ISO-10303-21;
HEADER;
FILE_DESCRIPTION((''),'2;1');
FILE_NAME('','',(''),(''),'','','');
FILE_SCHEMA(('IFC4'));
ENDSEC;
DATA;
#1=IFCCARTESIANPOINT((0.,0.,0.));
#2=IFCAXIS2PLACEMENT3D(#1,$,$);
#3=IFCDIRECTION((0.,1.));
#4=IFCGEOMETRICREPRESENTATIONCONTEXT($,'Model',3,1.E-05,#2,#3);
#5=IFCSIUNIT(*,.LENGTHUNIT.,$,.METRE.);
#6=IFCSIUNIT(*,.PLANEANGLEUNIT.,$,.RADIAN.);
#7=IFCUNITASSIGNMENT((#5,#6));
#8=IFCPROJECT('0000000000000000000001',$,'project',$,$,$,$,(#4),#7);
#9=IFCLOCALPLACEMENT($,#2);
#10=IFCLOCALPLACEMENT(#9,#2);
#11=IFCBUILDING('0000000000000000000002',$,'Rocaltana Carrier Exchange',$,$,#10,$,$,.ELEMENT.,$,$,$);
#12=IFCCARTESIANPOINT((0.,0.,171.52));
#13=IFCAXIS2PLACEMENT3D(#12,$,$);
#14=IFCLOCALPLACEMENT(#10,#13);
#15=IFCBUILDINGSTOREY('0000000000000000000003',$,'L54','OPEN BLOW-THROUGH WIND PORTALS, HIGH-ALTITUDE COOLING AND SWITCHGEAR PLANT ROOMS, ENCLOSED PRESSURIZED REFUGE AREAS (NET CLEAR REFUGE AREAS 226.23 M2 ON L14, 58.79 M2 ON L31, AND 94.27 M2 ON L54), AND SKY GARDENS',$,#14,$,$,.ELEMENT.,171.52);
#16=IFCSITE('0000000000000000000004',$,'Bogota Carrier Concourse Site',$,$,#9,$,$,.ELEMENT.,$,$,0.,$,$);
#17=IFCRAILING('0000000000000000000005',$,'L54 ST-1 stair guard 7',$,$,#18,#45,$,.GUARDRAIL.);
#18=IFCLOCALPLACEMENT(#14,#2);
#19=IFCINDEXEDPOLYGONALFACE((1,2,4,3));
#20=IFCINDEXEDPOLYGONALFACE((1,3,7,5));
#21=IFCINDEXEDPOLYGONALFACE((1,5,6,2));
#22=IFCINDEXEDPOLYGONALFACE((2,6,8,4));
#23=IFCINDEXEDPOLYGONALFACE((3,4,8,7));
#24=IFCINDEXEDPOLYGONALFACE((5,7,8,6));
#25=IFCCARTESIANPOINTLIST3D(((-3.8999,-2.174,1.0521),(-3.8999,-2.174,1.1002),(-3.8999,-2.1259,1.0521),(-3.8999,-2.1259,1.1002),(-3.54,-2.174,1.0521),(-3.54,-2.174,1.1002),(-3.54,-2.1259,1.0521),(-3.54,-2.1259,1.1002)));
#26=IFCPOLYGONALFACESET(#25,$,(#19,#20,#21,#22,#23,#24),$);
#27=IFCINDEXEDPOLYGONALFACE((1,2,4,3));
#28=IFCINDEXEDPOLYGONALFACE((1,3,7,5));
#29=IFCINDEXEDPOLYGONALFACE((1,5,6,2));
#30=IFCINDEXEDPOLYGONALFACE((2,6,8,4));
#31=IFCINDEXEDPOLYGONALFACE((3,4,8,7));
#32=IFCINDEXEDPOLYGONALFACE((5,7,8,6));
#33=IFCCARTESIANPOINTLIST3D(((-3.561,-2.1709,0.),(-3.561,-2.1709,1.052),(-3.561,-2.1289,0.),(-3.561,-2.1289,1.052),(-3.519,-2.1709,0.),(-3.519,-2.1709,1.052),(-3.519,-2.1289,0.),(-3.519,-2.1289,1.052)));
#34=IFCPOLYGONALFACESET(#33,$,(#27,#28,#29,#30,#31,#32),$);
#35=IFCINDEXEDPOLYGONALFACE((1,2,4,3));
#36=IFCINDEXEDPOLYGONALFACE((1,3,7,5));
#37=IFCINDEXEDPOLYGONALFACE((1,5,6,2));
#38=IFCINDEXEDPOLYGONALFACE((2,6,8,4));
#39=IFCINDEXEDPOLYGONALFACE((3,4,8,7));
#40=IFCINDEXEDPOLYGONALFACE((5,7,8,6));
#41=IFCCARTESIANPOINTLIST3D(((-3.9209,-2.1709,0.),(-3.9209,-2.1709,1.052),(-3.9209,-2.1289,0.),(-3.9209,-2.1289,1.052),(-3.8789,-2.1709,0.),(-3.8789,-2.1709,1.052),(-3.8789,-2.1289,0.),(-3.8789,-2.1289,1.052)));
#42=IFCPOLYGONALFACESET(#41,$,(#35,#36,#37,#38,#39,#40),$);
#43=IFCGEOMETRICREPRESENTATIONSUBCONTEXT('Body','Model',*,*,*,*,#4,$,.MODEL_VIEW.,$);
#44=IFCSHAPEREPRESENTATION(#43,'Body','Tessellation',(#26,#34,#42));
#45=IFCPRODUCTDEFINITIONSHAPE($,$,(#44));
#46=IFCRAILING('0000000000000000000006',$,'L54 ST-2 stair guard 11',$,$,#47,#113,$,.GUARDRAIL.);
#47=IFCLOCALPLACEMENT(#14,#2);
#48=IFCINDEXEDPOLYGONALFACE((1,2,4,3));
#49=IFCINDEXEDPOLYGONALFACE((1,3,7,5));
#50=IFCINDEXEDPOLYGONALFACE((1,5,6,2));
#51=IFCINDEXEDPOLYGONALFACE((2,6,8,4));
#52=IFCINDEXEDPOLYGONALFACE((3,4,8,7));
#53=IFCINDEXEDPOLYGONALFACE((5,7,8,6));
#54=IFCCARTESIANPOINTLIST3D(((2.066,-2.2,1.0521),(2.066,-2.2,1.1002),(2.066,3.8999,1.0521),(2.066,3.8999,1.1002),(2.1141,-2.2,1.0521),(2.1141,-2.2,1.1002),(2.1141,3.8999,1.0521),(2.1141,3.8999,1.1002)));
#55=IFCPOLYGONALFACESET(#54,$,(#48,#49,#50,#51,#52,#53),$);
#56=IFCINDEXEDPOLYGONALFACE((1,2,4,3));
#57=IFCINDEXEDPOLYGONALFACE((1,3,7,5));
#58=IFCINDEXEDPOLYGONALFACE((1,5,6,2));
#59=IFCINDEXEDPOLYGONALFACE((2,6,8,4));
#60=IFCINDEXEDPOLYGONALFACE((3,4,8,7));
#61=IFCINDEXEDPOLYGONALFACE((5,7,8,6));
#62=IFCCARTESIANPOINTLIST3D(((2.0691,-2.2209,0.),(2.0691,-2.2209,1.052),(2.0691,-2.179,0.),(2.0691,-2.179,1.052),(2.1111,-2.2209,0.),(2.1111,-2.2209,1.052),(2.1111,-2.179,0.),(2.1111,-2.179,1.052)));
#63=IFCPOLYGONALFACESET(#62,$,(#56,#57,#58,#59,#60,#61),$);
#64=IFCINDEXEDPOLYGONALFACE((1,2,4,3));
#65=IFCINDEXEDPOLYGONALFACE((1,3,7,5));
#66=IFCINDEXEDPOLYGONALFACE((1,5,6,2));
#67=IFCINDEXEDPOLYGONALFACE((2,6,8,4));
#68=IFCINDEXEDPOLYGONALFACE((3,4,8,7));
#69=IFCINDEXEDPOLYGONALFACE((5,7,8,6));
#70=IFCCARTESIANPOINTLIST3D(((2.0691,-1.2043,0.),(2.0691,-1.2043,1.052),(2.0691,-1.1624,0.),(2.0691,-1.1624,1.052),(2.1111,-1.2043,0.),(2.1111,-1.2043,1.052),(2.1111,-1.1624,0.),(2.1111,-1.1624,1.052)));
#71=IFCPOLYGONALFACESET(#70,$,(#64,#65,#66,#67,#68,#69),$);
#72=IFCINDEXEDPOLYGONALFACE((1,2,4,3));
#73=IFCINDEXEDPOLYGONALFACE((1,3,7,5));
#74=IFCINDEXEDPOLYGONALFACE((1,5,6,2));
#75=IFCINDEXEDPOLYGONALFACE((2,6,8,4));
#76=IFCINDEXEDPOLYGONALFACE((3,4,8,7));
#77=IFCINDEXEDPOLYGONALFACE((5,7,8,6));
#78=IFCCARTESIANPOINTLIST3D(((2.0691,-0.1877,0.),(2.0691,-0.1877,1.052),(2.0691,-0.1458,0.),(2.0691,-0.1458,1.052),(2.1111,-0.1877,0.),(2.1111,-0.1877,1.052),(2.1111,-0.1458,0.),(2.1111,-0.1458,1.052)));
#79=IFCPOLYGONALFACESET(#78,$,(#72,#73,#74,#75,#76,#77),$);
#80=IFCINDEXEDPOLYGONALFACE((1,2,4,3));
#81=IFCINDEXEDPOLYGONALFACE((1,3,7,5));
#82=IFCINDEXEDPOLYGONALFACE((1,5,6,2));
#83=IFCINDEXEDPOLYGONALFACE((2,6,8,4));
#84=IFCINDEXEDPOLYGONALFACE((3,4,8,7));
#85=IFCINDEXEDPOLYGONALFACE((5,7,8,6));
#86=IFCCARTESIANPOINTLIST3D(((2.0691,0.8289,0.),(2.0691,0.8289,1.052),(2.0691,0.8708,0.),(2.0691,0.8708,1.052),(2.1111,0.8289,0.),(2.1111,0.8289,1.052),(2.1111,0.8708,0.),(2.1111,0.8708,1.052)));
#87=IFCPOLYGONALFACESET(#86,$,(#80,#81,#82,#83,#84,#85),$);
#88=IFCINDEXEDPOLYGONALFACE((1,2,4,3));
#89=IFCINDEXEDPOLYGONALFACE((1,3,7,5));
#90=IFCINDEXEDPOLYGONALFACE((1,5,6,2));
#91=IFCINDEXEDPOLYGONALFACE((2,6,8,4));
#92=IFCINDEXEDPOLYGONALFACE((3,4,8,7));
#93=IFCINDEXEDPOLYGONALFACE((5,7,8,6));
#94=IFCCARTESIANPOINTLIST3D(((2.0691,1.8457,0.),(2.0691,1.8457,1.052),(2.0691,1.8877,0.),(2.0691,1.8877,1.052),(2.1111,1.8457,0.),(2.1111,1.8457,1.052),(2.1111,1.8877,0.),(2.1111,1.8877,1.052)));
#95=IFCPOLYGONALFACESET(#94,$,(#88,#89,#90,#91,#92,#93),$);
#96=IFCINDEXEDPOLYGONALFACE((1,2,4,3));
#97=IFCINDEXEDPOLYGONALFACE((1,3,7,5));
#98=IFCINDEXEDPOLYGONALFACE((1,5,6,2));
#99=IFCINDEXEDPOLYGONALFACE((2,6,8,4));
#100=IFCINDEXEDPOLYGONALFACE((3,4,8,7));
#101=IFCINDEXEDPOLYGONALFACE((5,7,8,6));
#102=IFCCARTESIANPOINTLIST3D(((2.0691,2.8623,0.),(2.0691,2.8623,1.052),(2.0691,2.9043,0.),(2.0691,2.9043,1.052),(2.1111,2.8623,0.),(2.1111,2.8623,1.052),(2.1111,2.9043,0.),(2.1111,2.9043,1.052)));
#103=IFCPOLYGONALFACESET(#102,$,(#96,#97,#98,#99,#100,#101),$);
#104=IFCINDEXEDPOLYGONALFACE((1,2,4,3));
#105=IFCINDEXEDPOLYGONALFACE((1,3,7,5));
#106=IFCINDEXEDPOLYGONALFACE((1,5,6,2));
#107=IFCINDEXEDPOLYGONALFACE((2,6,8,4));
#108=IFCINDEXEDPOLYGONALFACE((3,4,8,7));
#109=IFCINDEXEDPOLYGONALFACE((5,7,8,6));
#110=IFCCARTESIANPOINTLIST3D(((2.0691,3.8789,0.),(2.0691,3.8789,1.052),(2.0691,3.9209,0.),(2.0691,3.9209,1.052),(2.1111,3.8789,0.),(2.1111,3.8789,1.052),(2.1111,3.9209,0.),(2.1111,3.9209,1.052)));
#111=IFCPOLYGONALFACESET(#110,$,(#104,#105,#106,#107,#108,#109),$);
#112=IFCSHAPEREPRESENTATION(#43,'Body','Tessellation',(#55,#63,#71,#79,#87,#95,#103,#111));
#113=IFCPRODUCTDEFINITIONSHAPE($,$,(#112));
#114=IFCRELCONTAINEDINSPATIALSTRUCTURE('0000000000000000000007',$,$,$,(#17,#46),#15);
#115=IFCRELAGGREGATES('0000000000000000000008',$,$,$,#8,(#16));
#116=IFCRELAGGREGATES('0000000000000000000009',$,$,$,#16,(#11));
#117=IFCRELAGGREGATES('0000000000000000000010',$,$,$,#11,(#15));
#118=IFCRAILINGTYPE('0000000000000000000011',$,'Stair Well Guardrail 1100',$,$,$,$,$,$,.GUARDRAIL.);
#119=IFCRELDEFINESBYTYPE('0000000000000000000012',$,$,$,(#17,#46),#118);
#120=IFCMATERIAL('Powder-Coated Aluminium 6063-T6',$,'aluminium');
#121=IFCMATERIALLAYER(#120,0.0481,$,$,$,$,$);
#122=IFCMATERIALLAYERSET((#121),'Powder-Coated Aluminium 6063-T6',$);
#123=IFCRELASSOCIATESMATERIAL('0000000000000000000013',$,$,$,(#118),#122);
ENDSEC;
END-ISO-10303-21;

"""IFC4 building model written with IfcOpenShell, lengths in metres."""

from ifc_helpers import new_model, si_unit, direction, frame, origin, origin_2d, place, context, subcontext, project, spatial, rectangle, extrude, material, layer, layer_set, type_object, element, save


model = new_model("IFC4")

# Units and contexts
model_context = context("Model", 3, precision=1e-05, world=origin(), true_north=direction((0.0, 1.0)))
body_context = subcontext(model_context, "Body", "Model", "MODEL_VIEW")
ifc_project = project(units=[si_unit("LENGTHUNIT", "METRE"), si_unit("PLANEANGLEUNIT", "RADIAN")], contexts=[model_context])

# Site, building, storey
site_placement = place(None, origin())
site = spatial("IfcSite", under=ifc_project, at=site_placement, Name="Bogota Carrier Concourse Site", CompositionType="ELEMENT", RefElevation=0.0)
building_placement = place(site_placement, origin())
building = spatial("IfcBuilding", under=site, at=building_placement, Name="Rocaltana Carrier Exchange", CompositionType="ELEMENT")
storey_placement = place(building_placement, frame((0.0, 0.0, 171.52)))
storey = spatial("IfcBuildingStorey", under=building, at=storey_placement, Name="L54", Description="OPEN BLOW-THROUGH WIND PORTALS, HIGH-ALTITUDE COOLING AND SWITCHGEAR PLANT ROOMS, ENCLOSED PRESSURIZED REFUGE AREAS (NET CLEAR REFUGE AREAS 226.23 M2 ON L14, 58.79 M2 ON L31, AND 94.27 M2 ON L54), AND SKY GARDENS", CompositionType="ELEMENT", Elevation=171.52)

# Railings
ifc_material_1 = material(Name="Powder-Coated Aluminium 6063-T6", Category="aluminium")
ifc_layer_1 = layer(ifc_material_1, 0.0481)
ifc_layer_set_1 = layer_set([ifc_layer_1], Name="Powder-Coated Aluminium 6063-T6")
railing_type_1 = type_object("IfcRailingType", Name="Stair Well Guardrail 1100", PredefinedType="GUARDRAIL", material=ifc_layer_set_1)
railing_1_placement = place(storey_placement, frame((-3.54, -2.1499, 0.0)))
element("IfcRailing", 1, at=railing_1_placement, inside=storey, type_object=railing_type_1, Name="L54 ST-1 stair guard 7", PredefinedType="GUARDRAIL", context=body_context, shape_type="SweptSolid", body=[
    extrude(rectangle(XDim=0.0481, YDim=0.0481, at=origin_2d()), frame((0.0, 0.0, 1.0762), z_axis=(-1.0, 0.0, 0.0), x_axis=(0.0, -1.0, 0.0)), (0.0, 0.0, 1.0), 0.3599),
    extrude(rectangle(XDim=0.042, YDim=0.042, at=origin_2d()), origin(), (0.0, 0.0, 1.0), 1.052),
    extrude(rectangle(XDim=0.042, YDim=0.042, at=origin_2d()), frame((-0.3599, 0.0, 0.0)), (0.0, 0.0, 1.0), 1.052),
])
railing_2_placement = place(storey_placement, frame((2.0901, -2.2, 0.0)))
element("IfcRailing", 2, at=railing_2_placement, inside=storey, type_object=railing_type_1, Name="L54 ST-2 stair guard 11", PredefinedType="GUARDRAIL", context=body_context, shape_type="SweptSolid", body=[
    extrude(rectangle(XDim=0.0481, YDim=0.0481, at=origin_2d()), frame((0.0, 0.0, 1.0762), z_axis=(0.0, 1.0, 0.0), x_axis=(-1.0, 0.0, 0.0)), (0.0, 0.0, 1.0), 6.0999),
    extrude(rectangle(XDim=0.042, YDim=0.042, at=origin_2d()), origin(), (0.0, 0.0, 1.0), 1.052),
    extrude(rectangle(XDim=0.042, YDim=0.042, at=origin_2d()), frame((0.0, 1.0166, 0.0)), (0.0, 0.0, 1.0), 1.052),
    extrude(rectangle(XDim=0.042, YDim=0.042, at=origin_2d()), frame((0.0, 2.0332, 0.0)), (0.0, 0.0, 1.0), 1.052),
    extrude(rectangle(XDim=0.042, YDim=0.042, at=origin_2d()), frame((0.0, 3.0498, 0.0)), (0.0, 0.0, 1.0), 1.052),
    extrude(rectangle(XDim=0.042, YDim=0.042, at=origin_2d()), frame((0.0, 4.0667, 0.0)), (0.0, 0.0, 1.0), 1.052),
    extrude(rectangle(XDim=0.042, YDim=0.042, at=origin_2d()), frame((0.0, 5.0833, 0.0)), (0.0, 0.0, 1.0), 1.052),
    extrude(rectangle(XDim=0.042, YDim=0.042, at=origin_2d()), frame((0.0, 6.0999, 0.0)), (0.0, 0.0, 1.0), 1.052),
])

save(model, "model.ifc")
